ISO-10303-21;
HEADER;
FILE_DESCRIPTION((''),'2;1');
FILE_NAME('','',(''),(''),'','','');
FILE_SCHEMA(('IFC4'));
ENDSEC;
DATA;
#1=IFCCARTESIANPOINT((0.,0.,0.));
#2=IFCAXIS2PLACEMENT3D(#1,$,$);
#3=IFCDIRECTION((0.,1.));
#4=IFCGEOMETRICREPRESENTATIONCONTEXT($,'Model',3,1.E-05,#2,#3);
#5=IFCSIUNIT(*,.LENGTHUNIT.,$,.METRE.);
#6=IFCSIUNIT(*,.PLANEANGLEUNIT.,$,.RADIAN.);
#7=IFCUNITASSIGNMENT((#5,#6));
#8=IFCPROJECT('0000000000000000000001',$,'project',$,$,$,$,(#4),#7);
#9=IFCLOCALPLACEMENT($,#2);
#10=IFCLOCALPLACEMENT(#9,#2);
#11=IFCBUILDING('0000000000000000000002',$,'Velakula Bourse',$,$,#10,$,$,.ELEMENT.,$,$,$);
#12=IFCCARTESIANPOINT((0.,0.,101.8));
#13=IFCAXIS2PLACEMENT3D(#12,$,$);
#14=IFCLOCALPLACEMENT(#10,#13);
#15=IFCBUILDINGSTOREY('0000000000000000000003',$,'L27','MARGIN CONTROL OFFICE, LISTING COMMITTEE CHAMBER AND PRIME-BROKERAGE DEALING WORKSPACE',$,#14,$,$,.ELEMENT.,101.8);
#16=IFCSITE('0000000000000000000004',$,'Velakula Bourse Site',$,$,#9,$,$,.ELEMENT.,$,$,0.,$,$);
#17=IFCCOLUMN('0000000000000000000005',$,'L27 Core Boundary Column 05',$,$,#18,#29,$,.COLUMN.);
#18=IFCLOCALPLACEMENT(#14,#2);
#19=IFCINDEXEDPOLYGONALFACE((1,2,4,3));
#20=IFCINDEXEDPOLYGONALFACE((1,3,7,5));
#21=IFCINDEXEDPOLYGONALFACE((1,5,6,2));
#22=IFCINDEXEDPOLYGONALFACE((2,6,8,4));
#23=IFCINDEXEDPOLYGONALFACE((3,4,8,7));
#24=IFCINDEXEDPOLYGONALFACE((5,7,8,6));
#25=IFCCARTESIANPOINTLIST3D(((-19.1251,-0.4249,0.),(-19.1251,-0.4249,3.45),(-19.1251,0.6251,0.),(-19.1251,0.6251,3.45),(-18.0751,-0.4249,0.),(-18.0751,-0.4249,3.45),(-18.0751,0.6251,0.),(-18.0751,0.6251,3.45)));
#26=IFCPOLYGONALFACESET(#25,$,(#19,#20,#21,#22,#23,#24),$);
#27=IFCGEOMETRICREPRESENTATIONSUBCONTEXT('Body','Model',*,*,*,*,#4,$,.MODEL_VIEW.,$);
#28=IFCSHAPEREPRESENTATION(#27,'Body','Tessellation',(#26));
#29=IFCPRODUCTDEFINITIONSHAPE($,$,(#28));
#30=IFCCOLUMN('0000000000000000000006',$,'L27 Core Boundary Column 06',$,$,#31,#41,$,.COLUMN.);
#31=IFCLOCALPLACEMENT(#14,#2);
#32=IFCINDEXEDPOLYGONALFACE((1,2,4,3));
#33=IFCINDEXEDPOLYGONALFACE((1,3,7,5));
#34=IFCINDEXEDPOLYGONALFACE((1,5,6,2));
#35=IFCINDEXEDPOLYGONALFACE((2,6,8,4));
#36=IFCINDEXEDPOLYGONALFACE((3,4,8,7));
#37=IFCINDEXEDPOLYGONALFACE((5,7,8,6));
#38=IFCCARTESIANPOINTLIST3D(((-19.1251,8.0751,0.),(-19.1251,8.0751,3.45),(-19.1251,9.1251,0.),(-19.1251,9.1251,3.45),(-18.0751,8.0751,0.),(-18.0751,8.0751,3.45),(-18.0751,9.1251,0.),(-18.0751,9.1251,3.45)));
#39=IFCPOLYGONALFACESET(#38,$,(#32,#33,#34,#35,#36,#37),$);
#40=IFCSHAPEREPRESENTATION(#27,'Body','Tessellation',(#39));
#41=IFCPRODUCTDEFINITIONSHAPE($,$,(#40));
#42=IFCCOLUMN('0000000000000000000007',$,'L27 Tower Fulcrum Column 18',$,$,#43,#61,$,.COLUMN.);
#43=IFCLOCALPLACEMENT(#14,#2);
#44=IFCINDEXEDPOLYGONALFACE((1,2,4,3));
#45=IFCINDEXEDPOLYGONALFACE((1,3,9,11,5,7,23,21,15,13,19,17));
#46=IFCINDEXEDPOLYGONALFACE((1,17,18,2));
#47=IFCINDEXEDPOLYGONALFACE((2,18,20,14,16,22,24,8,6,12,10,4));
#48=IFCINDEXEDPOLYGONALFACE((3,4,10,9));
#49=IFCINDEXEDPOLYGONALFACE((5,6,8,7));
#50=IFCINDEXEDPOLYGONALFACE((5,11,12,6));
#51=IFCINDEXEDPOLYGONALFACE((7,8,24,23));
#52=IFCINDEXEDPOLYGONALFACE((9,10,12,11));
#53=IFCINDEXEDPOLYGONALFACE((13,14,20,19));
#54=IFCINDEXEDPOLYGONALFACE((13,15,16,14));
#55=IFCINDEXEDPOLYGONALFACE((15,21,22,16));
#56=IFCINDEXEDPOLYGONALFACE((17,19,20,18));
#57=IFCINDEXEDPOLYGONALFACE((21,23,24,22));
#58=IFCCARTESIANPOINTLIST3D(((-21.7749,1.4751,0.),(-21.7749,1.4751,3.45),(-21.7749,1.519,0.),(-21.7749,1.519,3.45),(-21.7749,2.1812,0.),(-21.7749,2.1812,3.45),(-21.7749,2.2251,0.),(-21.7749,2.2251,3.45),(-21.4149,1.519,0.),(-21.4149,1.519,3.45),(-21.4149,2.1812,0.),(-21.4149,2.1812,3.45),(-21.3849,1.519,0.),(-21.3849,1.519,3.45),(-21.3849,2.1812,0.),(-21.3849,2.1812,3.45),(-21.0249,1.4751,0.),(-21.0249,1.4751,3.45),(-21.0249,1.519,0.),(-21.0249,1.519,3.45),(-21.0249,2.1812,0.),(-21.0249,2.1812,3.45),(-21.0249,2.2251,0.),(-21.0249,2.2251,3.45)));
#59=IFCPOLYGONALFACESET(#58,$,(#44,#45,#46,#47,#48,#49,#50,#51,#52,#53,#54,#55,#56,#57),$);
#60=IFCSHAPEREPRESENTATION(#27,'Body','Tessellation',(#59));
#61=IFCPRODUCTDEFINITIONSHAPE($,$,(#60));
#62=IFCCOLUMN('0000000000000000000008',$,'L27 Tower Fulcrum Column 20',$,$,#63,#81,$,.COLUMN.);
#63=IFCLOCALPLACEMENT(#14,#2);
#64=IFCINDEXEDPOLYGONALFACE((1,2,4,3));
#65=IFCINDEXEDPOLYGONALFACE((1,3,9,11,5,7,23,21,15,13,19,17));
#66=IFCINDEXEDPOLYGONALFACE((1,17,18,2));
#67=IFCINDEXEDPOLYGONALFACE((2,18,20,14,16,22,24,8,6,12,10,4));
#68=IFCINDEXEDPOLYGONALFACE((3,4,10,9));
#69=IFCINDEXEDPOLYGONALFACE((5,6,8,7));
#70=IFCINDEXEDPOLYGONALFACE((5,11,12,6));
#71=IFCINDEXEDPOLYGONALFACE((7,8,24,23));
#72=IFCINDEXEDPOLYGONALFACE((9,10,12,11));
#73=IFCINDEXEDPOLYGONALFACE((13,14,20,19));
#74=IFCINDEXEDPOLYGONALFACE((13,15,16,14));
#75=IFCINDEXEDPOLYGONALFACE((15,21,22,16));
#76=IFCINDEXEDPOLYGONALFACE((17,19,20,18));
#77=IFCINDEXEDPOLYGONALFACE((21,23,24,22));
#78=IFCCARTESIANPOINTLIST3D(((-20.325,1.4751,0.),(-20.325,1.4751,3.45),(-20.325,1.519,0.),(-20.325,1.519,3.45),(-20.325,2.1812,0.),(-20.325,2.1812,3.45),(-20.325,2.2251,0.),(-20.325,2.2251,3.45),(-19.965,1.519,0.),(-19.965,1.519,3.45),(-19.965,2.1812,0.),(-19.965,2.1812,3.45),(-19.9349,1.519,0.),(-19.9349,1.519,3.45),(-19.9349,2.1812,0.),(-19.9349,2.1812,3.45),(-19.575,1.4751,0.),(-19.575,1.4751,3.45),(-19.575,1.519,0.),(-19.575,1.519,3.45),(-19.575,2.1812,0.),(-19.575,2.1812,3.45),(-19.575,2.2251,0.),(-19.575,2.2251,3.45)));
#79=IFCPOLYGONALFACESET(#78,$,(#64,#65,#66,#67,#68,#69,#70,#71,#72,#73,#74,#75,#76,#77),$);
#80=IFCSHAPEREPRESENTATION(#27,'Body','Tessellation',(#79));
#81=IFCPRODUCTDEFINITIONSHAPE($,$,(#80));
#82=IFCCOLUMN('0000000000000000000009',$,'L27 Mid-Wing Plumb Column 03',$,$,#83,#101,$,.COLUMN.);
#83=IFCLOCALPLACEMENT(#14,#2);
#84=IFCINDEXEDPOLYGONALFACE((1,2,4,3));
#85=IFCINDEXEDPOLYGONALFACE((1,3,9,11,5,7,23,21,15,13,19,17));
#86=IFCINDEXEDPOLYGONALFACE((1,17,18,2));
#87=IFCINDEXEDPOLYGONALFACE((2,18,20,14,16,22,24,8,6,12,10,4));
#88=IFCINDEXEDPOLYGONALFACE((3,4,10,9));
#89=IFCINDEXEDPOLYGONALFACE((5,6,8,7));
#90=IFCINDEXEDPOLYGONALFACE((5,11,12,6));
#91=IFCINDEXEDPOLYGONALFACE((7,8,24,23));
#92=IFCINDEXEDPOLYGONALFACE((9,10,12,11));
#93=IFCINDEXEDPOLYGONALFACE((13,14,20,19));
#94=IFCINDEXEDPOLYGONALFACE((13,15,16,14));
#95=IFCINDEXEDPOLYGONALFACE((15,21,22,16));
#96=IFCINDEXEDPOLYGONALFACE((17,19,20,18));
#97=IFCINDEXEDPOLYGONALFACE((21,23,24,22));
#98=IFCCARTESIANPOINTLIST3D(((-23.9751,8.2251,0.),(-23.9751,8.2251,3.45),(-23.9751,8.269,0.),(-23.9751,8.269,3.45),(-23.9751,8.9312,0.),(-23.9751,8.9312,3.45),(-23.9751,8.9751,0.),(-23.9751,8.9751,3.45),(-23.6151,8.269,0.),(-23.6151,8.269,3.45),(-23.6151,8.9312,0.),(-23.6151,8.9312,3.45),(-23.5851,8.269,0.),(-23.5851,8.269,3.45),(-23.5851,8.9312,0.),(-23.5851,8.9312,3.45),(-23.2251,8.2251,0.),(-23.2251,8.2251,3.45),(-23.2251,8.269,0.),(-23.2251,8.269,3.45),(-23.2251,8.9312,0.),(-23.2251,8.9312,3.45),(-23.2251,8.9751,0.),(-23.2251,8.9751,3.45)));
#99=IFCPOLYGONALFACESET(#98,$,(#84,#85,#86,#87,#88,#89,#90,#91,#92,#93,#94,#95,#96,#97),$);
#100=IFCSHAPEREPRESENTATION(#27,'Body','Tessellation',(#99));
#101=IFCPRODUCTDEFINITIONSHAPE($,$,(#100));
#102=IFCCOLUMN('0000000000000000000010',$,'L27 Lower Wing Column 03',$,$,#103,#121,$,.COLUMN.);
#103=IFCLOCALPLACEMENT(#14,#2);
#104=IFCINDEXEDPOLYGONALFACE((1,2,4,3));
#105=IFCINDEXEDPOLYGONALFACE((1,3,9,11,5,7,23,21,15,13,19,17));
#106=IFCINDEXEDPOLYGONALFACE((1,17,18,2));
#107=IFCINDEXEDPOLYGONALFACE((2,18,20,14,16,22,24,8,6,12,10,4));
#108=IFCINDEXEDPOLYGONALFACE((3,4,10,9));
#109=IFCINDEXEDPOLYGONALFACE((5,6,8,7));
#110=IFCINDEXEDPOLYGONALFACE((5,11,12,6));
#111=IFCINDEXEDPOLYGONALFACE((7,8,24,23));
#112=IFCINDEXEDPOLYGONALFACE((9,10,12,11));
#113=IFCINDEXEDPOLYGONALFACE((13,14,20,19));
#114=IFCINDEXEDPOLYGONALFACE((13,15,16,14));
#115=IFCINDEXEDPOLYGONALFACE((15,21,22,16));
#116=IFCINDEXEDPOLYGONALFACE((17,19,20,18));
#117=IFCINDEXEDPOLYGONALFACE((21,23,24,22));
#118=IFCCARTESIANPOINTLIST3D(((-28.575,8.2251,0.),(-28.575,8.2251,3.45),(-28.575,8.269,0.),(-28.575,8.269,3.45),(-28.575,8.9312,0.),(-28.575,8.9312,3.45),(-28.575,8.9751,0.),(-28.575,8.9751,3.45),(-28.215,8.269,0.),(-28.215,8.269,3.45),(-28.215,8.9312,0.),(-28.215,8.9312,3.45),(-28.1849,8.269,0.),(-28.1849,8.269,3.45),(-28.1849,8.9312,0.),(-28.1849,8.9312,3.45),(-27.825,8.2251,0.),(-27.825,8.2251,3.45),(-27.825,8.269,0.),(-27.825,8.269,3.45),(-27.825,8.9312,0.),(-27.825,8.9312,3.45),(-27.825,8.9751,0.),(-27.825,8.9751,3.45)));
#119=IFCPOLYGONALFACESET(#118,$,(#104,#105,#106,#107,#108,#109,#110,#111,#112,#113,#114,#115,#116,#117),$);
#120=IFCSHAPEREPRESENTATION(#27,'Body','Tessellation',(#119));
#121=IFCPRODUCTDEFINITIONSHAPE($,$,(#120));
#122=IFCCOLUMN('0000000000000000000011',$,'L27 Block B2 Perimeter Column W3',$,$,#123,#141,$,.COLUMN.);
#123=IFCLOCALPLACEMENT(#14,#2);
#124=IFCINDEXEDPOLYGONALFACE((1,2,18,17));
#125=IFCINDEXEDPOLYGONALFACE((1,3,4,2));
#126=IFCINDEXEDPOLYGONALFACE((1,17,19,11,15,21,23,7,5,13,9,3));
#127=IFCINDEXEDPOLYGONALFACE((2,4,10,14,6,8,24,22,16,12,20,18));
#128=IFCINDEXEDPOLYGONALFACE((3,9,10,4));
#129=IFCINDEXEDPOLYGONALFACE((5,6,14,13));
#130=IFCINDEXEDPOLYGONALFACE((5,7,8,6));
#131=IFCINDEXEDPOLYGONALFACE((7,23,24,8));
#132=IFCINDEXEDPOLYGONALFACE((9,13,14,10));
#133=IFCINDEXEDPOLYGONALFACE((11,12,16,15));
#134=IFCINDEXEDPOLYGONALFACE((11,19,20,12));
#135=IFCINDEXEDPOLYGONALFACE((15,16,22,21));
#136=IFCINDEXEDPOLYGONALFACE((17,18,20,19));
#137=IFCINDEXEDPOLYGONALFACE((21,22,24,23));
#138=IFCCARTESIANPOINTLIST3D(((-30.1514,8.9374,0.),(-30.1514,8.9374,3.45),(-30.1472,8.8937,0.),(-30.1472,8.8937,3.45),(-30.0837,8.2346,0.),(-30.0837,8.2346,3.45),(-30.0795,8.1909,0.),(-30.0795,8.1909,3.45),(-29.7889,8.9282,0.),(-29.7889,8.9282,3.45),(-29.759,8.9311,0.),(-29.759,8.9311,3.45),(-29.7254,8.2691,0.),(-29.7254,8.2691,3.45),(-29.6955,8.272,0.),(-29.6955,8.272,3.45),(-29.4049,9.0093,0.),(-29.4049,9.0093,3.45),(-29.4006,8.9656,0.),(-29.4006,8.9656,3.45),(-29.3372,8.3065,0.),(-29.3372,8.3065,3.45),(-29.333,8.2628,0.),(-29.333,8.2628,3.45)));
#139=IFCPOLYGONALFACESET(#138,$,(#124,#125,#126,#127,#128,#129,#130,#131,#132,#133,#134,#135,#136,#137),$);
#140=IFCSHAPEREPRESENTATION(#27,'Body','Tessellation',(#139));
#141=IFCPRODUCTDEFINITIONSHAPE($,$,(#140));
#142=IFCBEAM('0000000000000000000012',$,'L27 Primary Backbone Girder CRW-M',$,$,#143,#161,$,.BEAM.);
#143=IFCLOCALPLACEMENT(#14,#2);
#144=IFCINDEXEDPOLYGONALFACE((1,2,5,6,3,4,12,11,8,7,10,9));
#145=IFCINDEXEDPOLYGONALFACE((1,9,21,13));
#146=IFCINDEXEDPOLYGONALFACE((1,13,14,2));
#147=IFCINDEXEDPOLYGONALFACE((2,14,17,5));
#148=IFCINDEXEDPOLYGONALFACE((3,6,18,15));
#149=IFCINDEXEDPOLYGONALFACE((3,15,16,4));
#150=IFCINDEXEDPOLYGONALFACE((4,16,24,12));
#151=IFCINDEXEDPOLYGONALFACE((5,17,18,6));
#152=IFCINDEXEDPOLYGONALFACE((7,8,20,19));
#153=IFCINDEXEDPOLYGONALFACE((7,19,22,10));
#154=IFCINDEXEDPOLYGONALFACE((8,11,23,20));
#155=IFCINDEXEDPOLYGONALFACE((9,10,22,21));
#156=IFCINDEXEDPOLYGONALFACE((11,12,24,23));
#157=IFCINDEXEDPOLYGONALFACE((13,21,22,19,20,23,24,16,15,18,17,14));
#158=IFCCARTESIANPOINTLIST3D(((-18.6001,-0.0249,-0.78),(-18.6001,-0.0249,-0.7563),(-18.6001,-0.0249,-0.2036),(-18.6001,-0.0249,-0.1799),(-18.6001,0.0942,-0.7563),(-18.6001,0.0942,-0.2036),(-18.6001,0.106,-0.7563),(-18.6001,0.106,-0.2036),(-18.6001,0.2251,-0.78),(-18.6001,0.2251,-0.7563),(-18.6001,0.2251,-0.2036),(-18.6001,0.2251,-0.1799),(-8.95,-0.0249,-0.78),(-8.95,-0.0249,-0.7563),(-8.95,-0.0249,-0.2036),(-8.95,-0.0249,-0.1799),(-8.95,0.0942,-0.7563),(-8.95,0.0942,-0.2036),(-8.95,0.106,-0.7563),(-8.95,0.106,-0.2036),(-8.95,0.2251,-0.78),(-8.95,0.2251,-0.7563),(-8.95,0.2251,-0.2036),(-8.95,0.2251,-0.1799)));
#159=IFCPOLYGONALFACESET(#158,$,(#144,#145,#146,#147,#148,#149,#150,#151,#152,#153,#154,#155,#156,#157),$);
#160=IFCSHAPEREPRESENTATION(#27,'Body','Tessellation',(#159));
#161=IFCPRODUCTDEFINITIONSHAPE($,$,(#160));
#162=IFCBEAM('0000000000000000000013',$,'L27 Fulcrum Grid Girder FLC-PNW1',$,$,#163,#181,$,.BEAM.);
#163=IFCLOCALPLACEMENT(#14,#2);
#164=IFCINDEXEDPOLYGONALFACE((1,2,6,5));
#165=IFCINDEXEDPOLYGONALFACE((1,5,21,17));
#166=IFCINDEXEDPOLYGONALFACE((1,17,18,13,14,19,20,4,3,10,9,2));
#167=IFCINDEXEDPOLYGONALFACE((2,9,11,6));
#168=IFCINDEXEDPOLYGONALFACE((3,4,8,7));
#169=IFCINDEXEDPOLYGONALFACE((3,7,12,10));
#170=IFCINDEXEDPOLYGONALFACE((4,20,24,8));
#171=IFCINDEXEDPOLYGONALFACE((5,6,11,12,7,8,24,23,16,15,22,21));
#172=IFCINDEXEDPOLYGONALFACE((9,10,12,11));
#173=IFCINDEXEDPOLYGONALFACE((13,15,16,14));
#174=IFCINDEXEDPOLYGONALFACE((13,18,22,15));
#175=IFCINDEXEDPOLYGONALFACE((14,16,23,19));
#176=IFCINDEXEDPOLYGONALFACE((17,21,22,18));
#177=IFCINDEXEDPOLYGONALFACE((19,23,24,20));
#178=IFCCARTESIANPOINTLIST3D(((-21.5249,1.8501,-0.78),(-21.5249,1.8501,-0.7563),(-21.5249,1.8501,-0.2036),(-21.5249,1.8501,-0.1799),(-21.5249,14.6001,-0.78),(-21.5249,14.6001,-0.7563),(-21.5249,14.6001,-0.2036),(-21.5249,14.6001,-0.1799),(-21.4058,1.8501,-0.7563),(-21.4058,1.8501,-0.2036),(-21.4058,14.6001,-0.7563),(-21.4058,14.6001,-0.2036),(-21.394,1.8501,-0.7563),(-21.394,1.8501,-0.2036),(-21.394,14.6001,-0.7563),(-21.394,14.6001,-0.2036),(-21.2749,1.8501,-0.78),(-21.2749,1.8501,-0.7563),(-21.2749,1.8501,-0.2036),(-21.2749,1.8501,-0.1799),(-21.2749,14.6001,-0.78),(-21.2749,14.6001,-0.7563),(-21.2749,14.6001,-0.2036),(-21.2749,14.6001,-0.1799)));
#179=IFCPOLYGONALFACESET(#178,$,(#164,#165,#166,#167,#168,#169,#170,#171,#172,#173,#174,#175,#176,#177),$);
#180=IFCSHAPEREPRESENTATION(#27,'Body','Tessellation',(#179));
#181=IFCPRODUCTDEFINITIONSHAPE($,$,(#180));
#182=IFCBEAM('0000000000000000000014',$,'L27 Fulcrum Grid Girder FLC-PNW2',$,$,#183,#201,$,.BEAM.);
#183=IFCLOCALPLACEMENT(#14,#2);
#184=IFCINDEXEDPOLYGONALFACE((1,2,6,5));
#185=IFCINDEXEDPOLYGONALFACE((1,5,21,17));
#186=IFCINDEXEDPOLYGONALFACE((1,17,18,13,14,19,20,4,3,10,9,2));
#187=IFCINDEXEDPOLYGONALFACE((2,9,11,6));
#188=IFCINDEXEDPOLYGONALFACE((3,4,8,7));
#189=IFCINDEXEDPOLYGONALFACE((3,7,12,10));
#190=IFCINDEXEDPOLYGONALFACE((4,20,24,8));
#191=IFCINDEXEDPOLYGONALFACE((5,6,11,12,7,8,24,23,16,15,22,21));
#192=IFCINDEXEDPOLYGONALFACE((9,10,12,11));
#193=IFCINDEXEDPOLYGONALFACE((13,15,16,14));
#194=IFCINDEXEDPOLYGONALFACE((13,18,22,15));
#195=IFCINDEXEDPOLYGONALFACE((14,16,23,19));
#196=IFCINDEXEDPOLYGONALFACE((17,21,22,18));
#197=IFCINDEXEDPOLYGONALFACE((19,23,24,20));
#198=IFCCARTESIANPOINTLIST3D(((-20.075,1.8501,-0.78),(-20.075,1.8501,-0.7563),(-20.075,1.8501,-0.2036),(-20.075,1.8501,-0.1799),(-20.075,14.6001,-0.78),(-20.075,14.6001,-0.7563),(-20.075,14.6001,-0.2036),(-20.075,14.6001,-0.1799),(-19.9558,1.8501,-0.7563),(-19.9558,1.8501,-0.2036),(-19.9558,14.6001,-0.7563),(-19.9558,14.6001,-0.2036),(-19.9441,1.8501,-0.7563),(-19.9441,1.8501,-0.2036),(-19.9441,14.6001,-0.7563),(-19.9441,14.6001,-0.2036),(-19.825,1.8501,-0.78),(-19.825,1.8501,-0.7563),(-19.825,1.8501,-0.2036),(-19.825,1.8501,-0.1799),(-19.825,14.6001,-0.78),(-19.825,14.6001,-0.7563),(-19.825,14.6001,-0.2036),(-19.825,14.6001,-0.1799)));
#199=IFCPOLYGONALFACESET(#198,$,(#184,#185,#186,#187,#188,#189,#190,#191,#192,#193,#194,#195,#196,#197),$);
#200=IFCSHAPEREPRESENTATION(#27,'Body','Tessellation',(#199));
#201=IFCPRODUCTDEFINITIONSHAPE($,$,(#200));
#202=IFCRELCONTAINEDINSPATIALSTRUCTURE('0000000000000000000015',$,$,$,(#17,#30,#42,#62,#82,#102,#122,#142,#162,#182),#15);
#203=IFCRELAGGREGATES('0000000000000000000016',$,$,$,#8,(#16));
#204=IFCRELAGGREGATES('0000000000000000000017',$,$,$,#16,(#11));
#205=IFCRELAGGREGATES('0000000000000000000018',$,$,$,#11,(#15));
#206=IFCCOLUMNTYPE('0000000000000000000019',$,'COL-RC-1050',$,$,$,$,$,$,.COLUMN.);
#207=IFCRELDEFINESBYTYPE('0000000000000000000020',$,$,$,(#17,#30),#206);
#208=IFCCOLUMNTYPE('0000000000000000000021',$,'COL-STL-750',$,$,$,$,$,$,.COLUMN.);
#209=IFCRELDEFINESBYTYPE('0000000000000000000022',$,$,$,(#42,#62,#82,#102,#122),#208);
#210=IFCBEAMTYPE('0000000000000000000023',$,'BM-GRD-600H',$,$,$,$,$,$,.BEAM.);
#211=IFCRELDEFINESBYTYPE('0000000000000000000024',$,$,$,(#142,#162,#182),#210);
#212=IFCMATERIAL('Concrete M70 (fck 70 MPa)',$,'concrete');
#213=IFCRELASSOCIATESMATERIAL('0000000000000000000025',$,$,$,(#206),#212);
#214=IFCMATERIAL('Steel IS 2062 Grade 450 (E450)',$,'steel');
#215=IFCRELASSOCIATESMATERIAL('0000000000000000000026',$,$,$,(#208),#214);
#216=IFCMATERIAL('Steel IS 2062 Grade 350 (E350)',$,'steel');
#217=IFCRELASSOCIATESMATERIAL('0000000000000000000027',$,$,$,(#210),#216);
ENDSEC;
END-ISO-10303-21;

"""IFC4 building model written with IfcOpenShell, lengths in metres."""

from ifc_helpers import new_model, si_unit, direction, frame, origin, origin_2d, place, context, subcontext, project, spatial, rectangle, i_section, extrude, material, material_profile, profile_set, type_object, element, save


model = new_model("IFC4")

# Units and contexts
model_context = context("Model", 3, precision=1e-05, world=origin(), true_north=direction((0.0, 1.0)))
body_context = subcontext(model_context, "Body", "Model", "MODEL_VIEW")
ifc_project = project(units=[si_unit("LENGTHUNIT", "METRE"), si_unit("PLANEANGLEUNIT", "RADIAN")], contexts=[model_context])

# Site, building, storey
site_placement = place(None, origin())
site = spatial("IfcSite", under=ifc_project, at=site_placement, Name="Velakula Bourse Site", CompositionType="ELEMENT", RefElevation=0.0)
building_placement = place(site_placement, origin())
building = spatial("IfcBuilding", under=site, at=building_placement, Name="Velakula Bourse", CompositionType="ELEMENT")
storey_placement = place(building_placement, frame((0.0, 0.0, 101.8)))
storey = spatial("IfcBuildingStorey", under=building, at=storey_placement, Name="L27", Description="MARGIN CONTROL OFFICE, LISTING COMMITTEE CHAMBER AND PRIME-BROKERAGE DEALING WORKSPACE", CompositionType="ELEMENT", Elevation=101.8)

# Columns
ifc_material_1 = material(Name="Concrete M70 (fck 70 MPa)", Category="concrete")
ifc_material_profile_1 = material_profile(ifc_material_1, rectangle(XDim=1.05, YDim=1.05, at=origin_2d()), Name="Concrete M70 (fck 70 MPa)")
ifc_profile_set_1 = profile_set([ifc_material_profile_1], Name="Concrete M70 (fck 70 MPa)")
column_type_1 = type_object("IfcColumnType", Name="COL-RC-1050", PredefinedType="COLUMN", material=ifc_profile_set_1)
for number, where, z_axis, x_axis, name in (
    (1, (-18.6001, 0.1001, 0.0), (0.0, 0.0, 1.0), (1.0, 0.0, 0.0), "L27 Core Boundary Column 05"),
    (2, (-18.6001, 8.6001, 0.0), (0.0, 0.0, 1.0), (1.0, 0.0, 0.0), "L27 Core Boundary Column 06"),
):
    element("IfcColumn", number, at=place(storey_placement, frame(where, z_axis=z_axis, x_axis=x_axis)), inside=storey, type_object=column_type_1, Name=name, PredefinedType="COLUMN", context=body_context, shape_type="SweptSolid", body=[
        extrude(rectangle(XDim=1.05, YDim=1.05, at=origin_2d()), origin(), (0.0, 0.0, 1.0), 3.45),
    ])
ifc_material_2 = material(Name="Steel IS 2062 Grade 450 (E450)", Category="steel")
ifc_material_profile_2 = material_profile(ifc_material_2, i_section(OverallWidth=0.75, OverallDepth=0.75, WebThickness=0.03, FlangeThickness=0.0439, at=origin_2d()), Name="Steel IS 2062 Grade 450 (E450)")
ifc_profile_set_2 = profile_set([ifc_material_profile_2], Name="Steel IS 2062 Grade 450 (E450)")
column_type_2 = type_object("IfcColumnType", Name="COL-STL-750", PredefinedType="COLUMN", material=ifc_profile_set_2)
for number, where, z_axis, x_axis, name in (
    (3, (-21.3999, 1.8501, 0.0), (0.0, 0.0, 1.0), (1.0, 0.0, 0.0), "L27 Tower Fulcrum Column 18"),
    (4, (-19.95, 1.8501, 0.0), (0.0, 0.0, 1.0), (1.0, 0.0, 0.0), "L27 Tower Fulcrum Column 20"),
    (5, (-23.6001, 8.6001, 0.0), (0.0, 0.0, 1.0), (1.0, 0.0, 0.0), "L27 Mid-Wing Plumb Column 03"),
    (6, (-28.2, 8.6001, 0.0), (0.0, 0.0, 1.0), (1.0, 0.0, 0.0), "L27 Lower Wing Column 03"),
    (7, (-29.7422, 8.6001, 0.0), (0.0, 0.0, 1.0), (0.995396, 0.095846, 0.0), "L27 Block B2 Perimeter Column W3"),
):
    element("IfcColumn", number, at=place(storey_placement, frame(where, z_axis=z_axis, x_axis=x_axis)), inside=storey, type_object=column_type_2, Name=name, PredefinedType="COLUMN", context=body_context, shape_type="SweptSolid", body=[
        extrude(i_section(OverallWidth=0.75, OverallDepth=0.75, WebThickness=0.03, FlangeThickness=0.0439, at=origin_2d()), origin(), (0.0, 0.0, 1.0), 3.45),
    ])

# Beams
ifc_material_3 = material(Name="Steel IS 2062 Grade 350 (E350)", Category="steel")
ifc_material_profile_3 = material_profile(ifc_material_3, i_section(OverallWidth=0.25, OverallDepth=0.6001, WebThickness=0.0117, FlangeThickness=0.0237, at=origin_2d()), Name="Steel IS 2062 Grade 350 (E350)")
ifc_profile_set_3 = profile_set([ifc_material_profile_3], Name="Steel IS 2062 Grade 350 (E350)")
beam_type_1 = type_object("IfcBeamType", Name="BM-GRD-600H", PredefinedType="BEAM", material=ifc_profile_set_3)
beam_1_placement = place(storey_placement, frame((-18.6001, 0.1001, -0.48), z_axis=(1.0, 0.0, 0.0), x_axis=(0.0, 1.0, 0.0)))
element("IfcBeam", 8, at=beam_1_placement, inside=storey, type_object=beam_type_1, Name="L27 Primary Backbone Girder CRW-M", PredefinedType="BEAM", context=body_context, shape_type="SweptSolid", body=[
    extrude(i_section(OverallWidth=0.25, OverallDepth=0.6001, WebThickness=0.0117, FlangeThickness=0.0237, at=origin_2d()), origin(), (0.0, 0.0, 1.0), 9.6501),
])
for number, where, z_axis, x_axis, name in (
    (9, (-21.3999, 1.8501, -0.48), (0.0, 1.0, 0.0), (-1.0, 0.0, 0.0), "L27 Fulcrum Grid Girder FLC-PNW1"),
    (10, (-19.95, 1.8501, -0.48), (0.0, 1.0, 0.0), (-1.0, 0.0, 0.0), "L27 Fulcrum Grid Girder FLC-PNW2"),
):
    element("IfcBeam", number, at=place(storey_placement, frame(where, z_axis=z_axis, x_axis=x_axis)), inside=storey, type_object=beam_type_1, Name=name, PredefinedType="BEAM", context=body_context, shape_type="SweptSolid", body=[
        extrude(i_section(OverallWidth=0.25, OverallDepth=0.6001, WebThickness=0.0117, FlangeThickness=0.0237, at=origin_2d()), origin(), (0.0, 0.0, 1.0), 12.75),
    ])

save(model, "model.ifc")
